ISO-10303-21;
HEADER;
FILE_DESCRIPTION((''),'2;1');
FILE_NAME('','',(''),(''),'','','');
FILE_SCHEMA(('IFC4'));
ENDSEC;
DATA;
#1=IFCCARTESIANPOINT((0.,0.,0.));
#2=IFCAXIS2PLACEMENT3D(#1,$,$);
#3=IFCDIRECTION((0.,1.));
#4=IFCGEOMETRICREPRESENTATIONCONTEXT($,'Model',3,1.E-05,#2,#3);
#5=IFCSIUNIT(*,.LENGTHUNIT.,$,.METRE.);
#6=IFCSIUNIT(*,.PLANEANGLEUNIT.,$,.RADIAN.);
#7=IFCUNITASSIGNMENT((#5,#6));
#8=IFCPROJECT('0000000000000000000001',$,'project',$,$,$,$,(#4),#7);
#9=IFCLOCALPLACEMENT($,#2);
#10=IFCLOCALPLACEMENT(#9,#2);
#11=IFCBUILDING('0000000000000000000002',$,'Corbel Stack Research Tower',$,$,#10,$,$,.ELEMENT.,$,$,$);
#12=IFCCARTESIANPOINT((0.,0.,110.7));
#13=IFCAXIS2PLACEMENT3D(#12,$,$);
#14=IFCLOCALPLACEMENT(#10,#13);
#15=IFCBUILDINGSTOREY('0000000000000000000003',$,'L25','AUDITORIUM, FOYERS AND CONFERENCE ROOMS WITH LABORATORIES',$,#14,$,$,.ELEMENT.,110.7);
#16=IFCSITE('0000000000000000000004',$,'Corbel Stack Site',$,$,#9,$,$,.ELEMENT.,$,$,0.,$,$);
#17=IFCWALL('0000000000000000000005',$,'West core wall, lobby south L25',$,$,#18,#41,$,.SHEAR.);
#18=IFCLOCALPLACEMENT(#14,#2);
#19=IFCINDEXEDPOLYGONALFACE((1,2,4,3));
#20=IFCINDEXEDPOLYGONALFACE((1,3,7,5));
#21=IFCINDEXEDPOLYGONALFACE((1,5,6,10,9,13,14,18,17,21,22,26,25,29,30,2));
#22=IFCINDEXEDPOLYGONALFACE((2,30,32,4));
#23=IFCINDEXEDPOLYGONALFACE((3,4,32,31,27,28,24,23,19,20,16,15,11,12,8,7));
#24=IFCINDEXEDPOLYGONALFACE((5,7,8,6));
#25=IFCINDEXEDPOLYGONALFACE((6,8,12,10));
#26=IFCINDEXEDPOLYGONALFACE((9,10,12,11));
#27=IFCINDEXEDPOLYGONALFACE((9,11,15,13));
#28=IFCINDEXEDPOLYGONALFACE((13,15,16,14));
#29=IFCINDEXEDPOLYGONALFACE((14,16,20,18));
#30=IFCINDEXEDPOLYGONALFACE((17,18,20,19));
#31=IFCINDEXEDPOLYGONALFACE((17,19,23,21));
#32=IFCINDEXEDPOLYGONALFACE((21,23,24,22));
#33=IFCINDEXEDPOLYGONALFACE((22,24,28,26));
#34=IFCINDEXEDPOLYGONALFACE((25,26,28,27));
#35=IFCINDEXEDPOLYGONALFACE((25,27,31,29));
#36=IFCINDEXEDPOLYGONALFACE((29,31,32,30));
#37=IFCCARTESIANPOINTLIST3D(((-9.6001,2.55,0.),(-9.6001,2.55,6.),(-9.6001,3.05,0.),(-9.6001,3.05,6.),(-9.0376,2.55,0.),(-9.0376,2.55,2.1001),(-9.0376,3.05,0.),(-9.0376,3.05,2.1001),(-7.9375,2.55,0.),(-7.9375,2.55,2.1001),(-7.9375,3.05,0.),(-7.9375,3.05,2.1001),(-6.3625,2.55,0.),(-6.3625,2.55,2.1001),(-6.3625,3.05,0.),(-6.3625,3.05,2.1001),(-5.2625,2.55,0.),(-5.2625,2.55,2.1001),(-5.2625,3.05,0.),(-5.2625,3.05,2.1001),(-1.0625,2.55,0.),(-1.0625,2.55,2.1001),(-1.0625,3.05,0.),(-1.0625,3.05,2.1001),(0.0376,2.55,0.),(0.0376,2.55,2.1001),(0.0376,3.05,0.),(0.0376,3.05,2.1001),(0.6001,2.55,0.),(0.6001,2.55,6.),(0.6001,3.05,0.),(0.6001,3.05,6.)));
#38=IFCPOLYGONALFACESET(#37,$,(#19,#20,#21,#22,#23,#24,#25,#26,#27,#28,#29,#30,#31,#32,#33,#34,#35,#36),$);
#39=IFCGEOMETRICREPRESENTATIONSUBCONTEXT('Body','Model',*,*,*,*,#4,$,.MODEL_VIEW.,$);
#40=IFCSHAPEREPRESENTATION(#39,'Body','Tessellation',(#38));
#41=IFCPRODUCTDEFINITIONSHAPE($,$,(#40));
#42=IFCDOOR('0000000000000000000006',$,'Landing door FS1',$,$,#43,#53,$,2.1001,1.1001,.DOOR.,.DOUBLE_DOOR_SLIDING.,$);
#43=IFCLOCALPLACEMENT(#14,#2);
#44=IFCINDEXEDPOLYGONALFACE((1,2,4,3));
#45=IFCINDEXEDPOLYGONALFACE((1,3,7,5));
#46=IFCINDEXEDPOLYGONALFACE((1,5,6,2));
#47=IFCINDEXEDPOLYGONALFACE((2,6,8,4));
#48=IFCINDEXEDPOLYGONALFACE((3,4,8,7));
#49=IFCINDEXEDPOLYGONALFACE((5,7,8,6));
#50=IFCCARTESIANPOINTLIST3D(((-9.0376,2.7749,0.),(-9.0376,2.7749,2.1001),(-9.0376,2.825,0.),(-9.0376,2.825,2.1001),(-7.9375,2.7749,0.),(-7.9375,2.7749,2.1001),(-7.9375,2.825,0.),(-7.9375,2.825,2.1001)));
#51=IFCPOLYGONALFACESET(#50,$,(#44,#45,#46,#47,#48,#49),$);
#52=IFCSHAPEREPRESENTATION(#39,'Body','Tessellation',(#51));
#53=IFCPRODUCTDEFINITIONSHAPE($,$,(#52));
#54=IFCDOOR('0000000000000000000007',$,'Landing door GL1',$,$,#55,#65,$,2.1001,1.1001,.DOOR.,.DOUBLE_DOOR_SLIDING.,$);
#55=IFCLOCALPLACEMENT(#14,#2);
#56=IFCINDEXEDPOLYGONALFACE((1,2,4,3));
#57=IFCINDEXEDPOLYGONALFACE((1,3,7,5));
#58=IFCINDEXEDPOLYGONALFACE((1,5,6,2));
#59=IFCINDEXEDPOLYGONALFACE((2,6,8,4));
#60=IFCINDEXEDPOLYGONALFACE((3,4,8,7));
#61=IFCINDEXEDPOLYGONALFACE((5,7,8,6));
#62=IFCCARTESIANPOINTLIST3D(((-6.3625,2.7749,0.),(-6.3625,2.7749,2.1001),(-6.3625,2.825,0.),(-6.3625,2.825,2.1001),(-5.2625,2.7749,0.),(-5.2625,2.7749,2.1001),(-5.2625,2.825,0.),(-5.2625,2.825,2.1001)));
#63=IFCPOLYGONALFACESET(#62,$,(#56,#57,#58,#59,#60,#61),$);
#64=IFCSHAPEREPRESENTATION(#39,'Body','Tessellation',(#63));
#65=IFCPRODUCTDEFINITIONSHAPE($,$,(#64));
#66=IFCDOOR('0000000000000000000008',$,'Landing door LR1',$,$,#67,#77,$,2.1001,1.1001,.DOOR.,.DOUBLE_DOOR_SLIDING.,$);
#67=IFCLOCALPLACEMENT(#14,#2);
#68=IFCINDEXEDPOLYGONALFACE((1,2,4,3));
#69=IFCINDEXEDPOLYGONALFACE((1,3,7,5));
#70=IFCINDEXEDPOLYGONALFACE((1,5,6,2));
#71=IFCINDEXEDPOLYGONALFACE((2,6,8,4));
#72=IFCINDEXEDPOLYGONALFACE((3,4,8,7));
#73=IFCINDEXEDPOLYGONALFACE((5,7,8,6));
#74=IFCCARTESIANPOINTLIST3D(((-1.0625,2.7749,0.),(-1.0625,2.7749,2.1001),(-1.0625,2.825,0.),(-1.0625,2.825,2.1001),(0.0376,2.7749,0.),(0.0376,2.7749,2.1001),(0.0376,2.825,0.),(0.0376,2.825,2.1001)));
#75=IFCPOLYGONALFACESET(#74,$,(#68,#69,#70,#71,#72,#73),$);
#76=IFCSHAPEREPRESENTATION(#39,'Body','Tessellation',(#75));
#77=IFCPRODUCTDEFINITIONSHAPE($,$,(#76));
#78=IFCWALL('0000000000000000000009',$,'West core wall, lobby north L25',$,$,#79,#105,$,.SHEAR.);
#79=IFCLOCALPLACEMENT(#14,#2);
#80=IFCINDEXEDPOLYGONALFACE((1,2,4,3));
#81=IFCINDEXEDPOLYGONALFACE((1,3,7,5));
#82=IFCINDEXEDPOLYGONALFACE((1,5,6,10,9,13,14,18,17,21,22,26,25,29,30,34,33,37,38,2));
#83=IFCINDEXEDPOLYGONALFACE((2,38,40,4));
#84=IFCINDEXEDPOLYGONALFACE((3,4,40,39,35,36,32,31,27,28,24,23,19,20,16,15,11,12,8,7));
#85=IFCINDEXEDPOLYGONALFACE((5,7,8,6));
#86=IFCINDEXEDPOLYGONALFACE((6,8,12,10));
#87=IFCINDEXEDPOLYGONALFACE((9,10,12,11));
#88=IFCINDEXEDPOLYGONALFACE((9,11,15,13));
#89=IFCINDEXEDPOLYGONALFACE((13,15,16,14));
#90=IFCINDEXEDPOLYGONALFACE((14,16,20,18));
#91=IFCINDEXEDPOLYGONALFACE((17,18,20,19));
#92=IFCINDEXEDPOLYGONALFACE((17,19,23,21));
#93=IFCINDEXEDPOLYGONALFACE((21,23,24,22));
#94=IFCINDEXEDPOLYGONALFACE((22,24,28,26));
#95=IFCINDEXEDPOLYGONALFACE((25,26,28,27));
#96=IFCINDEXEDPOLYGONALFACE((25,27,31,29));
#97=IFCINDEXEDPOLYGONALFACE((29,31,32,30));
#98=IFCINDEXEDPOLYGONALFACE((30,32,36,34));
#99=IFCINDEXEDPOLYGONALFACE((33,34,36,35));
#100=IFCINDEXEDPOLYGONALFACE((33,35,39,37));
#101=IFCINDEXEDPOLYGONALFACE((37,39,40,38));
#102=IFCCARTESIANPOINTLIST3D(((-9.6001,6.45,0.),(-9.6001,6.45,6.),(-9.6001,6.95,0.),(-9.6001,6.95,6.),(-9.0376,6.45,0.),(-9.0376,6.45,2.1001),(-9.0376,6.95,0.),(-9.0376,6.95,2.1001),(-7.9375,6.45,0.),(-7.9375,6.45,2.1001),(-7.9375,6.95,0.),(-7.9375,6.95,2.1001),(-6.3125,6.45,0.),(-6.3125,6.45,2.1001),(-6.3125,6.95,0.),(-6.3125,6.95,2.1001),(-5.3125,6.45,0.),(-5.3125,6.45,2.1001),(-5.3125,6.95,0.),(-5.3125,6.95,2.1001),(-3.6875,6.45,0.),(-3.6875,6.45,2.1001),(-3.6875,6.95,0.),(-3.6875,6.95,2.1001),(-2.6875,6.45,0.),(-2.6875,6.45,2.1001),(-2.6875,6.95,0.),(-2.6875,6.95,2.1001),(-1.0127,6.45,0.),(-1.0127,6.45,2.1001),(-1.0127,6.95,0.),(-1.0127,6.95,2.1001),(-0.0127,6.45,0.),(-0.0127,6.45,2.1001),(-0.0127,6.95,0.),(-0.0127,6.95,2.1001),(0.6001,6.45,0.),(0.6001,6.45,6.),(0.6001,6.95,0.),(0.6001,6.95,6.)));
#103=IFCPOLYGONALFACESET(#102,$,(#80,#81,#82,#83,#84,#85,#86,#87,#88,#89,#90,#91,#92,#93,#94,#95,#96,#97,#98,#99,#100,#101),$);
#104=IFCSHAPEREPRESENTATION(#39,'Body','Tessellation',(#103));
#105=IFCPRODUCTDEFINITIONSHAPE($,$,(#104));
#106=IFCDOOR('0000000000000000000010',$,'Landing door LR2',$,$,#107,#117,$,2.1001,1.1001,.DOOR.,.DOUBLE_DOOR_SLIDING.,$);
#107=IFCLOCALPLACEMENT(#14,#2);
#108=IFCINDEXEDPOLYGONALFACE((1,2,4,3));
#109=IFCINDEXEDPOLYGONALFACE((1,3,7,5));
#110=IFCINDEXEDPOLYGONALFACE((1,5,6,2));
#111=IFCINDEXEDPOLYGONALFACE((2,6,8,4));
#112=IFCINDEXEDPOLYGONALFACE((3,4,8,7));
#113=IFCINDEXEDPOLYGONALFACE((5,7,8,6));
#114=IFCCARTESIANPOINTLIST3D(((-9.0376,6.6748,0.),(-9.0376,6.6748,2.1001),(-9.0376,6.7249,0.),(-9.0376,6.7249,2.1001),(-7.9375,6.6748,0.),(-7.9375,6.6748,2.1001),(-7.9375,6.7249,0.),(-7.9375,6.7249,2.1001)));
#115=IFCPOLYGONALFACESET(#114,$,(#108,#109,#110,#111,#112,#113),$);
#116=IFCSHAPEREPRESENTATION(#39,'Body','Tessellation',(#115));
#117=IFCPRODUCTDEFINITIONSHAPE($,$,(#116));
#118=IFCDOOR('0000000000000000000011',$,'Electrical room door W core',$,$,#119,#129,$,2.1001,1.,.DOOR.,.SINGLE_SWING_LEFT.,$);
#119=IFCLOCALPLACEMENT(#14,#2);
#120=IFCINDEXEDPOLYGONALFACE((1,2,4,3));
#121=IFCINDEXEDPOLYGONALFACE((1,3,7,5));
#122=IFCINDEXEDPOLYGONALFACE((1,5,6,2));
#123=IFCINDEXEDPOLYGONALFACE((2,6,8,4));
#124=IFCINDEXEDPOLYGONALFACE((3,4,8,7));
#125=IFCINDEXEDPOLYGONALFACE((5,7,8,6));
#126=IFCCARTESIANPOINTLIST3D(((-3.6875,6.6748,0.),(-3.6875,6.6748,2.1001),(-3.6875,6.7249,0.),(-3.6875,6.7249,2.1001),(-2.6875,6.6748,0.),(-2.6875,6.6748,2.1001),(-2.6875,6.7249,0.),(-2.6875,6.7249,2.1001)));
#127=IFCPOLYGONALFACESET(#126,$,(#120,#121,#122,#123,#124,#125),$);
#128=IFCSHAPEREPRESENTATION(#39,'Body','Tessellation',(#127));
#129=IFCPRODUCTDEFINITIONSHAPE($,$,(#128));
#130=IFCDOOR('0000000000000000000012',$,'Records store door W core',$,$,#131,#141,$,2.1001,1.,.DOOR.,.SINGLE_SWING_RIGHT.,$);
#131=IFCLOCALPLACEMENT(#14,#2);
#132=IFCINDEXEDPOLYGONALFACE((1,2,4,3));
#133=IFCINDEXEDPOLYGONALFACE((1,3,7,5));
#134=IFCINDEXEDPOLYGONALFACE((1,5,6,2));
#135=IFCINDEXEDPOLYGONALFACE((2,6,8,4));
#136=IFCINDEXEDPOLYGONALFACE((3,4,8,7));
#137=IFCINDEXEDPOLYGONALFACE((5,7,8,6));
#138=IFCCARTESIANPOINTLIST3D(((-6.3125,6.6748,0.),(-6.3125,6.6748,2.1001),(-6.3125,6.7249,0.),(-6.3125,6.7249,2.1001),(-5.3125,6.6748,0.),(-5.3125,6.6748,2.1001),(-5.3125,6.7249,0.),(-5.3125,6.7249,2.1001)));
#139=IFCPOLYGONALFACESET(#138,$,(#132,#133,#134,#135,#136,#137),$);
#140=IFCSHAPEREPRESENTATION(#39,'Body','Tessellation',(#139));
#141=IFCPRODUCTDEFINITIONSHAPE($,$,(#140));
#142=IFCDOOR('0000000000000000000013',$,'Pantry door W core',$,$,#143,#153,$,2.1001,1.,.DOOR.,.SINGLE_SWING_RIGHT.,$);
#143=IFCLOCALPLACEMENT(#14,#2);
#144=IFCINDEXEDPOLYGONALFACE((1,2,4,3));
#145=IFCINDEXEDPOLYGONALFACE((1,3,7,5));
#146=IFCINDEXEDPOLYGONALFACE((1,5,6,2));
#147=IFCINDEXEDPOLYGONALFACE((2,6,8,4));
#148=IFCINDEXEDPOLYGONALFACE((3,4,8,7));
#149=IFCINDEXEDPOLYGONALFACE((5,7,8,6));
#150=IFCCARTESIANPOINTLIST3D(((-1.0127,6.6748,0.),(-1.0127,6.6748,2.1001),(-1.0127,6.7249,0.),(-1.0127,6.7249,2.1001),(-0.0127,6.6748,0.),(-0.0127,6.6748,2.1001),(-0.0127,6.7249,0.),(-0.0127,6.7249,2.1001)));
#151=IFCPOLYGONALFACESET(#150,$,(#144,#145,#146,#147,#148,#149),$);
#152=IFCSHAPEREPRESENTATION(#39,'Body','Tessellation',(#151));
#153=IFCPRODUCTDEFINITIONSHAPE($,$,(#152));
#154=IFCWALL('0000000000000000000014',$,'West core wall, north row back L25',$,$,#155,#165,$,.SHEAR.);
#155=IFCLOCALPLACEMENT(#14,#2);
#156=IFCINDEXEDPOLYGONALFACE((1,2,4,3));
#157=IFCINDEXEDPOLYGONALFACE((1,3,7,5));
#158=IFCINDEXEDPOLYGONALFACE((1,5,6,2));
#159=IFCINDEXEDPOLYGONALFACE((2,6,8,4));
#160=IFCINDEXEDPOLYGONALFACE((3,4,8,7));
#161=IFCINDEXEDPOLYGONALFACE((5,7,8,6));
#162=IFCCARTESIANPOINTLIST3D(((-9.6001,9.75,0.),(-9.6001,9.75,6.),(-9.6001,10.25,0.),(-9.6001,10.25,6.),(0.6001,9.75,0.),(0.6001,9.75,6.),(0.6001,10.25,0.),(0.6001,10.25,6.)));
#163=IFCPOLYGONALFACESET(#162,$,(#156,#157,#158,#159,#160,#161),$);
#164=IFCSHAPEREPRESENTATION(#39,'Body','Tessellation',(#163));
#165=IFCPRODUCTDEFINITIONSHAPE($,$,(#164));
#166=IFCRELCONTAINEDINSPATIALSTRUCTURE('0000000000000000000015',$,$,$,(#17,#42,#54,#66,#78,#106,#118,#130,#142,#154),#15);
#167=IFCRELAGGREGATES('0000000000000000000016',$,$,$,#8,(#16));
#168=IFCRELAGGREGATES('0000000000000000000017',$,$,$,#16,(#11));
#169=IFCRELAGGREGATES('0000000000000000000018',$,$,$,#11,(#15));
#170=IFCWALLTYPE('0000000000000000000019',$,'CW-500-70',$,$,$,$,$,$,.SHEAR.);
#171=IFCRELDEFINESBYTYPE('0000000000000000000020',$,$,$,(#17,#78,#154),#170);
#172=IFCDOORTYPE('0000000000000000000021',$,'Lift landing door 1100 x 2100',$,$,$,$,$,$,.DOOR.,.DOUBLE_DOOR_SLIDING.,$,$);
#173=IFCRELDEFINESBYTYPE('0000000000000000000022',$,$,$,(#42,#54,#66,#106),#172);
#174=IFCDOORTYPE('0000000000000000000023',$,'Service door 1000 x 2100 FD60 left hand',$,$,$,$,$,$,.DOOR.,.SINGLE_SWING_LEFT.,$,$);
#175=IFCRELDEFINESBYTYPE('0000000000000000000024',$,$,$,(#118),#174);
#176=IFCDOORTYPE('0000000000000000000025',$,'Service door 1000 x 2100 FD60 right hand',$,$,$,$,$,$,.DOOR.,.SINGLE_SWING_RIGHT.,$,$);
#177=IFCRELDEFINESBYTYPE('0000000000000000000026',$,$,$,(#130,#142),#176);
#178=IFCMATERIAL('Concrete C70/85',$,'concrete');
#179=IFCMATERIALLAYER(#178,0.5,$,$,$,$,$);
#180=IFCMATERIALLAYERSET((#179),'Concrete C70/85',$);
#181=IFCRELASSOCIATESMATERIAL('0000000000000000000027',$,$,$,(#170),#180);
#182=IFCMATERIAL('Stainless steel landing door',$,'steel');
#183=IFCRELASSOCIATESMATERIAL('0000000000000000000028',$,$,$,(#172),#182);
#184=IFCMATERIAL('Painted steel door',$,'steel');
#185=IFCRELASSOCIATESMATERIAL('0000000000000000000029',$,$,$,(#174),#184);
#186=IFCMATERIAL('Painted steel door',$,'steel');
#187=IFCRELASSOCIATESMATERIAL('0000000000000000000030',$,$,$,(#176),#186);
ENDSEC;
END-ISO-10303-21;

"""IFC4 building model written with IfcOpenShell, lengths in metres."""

from ifc_helpers import new_model, si_unit, direction, frame, frame_2d, origin, place, context, subcontext, project, spatial, rectangle, extrude, material, layer, layer_set, type_object, element, fill, save


model = new_model("IFC4")

# Units and contexts
model_context = context("Model", 3, precision=1e-05, world=origin(), true_north=direction((0.0, 1.0)))
body_context = subcontext(model_context, "Body", "Model", "MODEL_VIEW")
ifc_project = project(units=[si_unit("LENGTHUNIT", "METRE"), si_unit("PLANEANGLEUNIT", "RADIAN")], contexts=[model_context])

# Site, building, storey
site_placement = place(None, origin())
site = spatial("IfcSite", under=ifc_project, at=site_placement, Name="Corbel Stack Site", CompositionType="ELEMENT", RefElevation=0.0)
building_placement = place(site_placement, origin())
building = spatial("IfcBuilding", under=site, at=building_placement, Name="Corbel Stack Research Tower", CompositionType="ELEMENT")
storey_placement = place(building_placement, frame((0.0, 0.0, 110.7)))
storey = spatial("IfcBuildingStorey", under=building, at=storey_placement, Name="L25", Description="AUDITORIUM, FOYERS AND CONFERENCE ROOMS WITH LABORATORIES", CompositionType="ELEMENT", Elevation=110.7)

# Walls, openings, doors
ifc_material_1 = material(Name="Concrete C70/85", Category="concrete")
ifc_layer_1 = layer(ifc_material_1, 0.5)
ifc_layer_set_1 = layer_set([ifc_layer_1], Name="Concrete C70/85")
wall_type_1 = type_object("IfcWallType", Name="CW-500-70", PredefinedType="SHEAR", material=ifc_layer_set_1)
wall_1_placement = place(storey_placement, frame((-9.6001, 2.8, 0.0), z_axis=(0.0, 0.0, 1.0), x_axis=(1.0, 0.0, 0.0)))
wall_1 = element("IfcWall", 1, at=wall_1_placement, inside=storey, type_object=wall_type_1, Name="West core wall, lobby south L25", PredefinedType="SHEAR", context=body_context, shape_type="SweptSolid", body=[
    extrude(rectangle(XDim=10.2002, YDim=0.5, at=frame_2d((5.1001, 0.0))), origin(), (0.0, 0.0, 1.0), 6.0),
])
opening_1_placement = place(wall_1_placement, frame((0.5625, 0.0, 0.0)))
opening_1 = element("IfcOpeningElement", 2, at=opening_1_placement, cuts=wall_1, PredefinedType="OPENING", context=body_context, shape_type="SweptSolid", body=[
    extrude(rectangle(XDim=1.1001, YDim=2.1001, at=frame_2d((0.55, 1.05))), frame((0.0, 0.26, 0.0), z_axis=(0.0, -1.0, 0.0), x_axis=(1.0, 0.0, 0.0)), (0.0, 0.0, 1.0), 0.52),
])
opening_2_placement = place(wall_1_placement, frame((3.2375, 0.0, 0.0)))
opening_2 = element("IfcOpeningElement", 3, at=opening_2_placement, cuts=wall_1, PredefinedType="OPENING", context=body_context, shape_type="SweptSolid", body=[
    extrude(rectangle(XDim=1.1001, YDim=2.1001, at=frame_2d((0.55, 1.05))), frame((0.0, 0.26, 0.0), z_axis=(0.0, -1.0, 0.0), x_axis=(1.0, 0.0, 0.0)), (0.0, 0.0, 1.0), 0.52),
])
opening_3_placement = place(wall_1_placement, frame((8.5376, 0.0, 0.0)))
opening_3 = element("IfcOpeningElement", 4, at=opening_3_placement, cuts=wall_1, PredefinedType="OPENING", context=body_context, shape_type="SweptSolid", body=[
    extrude(rectangle(XDim=1.1001, YDim=2.1001, at=frame_2d((0.55, 1.05))), frame((0.0, 0.26, 0.0), z_axis=(0.0, -1.0, 0.0), x_axis=(1.0, 0.0, 0.0)), (0.0, 0.0, 1.0), 0.52),
])
ifc_material_2 = material(Name="Stainless steel landing door", Category="steel")
door_type_1 = type_object("IfcDoorType", Name="Lift landing door 1100 x 2100", OperationType="DOUBLE_DOOR_SLIDING", PredefinedType="DOOR", material=ifc_material_2)
door_1_placement = place(opening_1_placement, origin())
door_1 = element("IfcDoor", 5, at=door_1_placement, inside=storey, type_object=door_type_1, Name="Landing door FS1", OperationType="DOUBLE_DOOR_SLIDING", OverallHeight=2.1001, OverallWidth=1.1001, PredefinedType="DOOR", context=body_context, shape_type="SweptSolid", body=[
    extrude(rectangle(XDim=1.1001, YDim=2.1001, at=frame_2d((0.55, 1.05))), frame((0.0, 0.0249, 0.0), z_axis=(0.0, -1.0, 0.0), x_axis=(1.0, 0.0, 0.0)), (0.0, 0.0, 1.0), 0.05),
])
fill(opening_1, door_1)
door_2_placement = place(opening_2_placement, origin())
door_2 = element("IfcDoor", 6, at=door_2_placement, inside=storey, type_object=door_type_1, Name="Landing door GL1", OperationType="DOUBLE_DOOR_SLIDING", OverallHeight=2.1001, OverallWidth=1.1001, PredefinedType="DOOR", context=body_context, shape_type="SweptSolid", body=[
    extrude(rectangle(XDim=1.1001, YDim=2.1001, at=frame_2d((0.55, 1.05))), frame((0.0, 0.0249, 0.0), z_axis=(0.0, -1.0, 0.0), x_axis=(1.0, 0.0, 0.0)), (0.0, 0.0, 1.0), 0.05),
])
fill(opening_2, door_2)
door_3_placement = place(opening_3_placement, origin())
door_3 = element("IfcDoor", 7, at=door_3_placement, inside=storey, type_object=door_type_1, Name="Landing door LR1", OperationType="DOUBLE_DOOR_SLIDING", OverallHeight=2.1001, OverallWidth=1.1001, PredefinedType="DOOR", context=body_context, shape_type="SweptSolid", body=[
    extrude(rectangle(XDim=1.1001, YDim=2.1001, at=frame_2d((0.55, 1.05))), frame((0.0, 0.0249, 0.0), z_axis=(0.0, -1.0, 0.0), x_axis=(1.0, 0.0, 0.0)), (0.0, 0.0, 1.0), 0.05),
])
fill(opening_3, door_3)
wall_2_placement = place(storey_placement, frame((-9.6001, 6.7, 0.0), z_axis=(0.0, 0.0, 1.0), x_axis=(1.0, 0.0, 0.0)))
wall_2 = element("IfcWall", 8, at=wall_2_placement, inside=storey, type_object=wall_type_1, Name="West core wall, lobby north L25", PredefinedType="SHEAR", context=body_context, shape_type="SweptSolid", body=[
    extrude(rectangle(XDim=10.2002, YDim=0.5, at=frame_2d((5.1001, 0.0))), origin(), (0.0, 0.0, 1.0), 6.0),
])
opening_4_placement = place(wall_2_placement, frame((0.5625, 0.0, 0.0)))
opening_4 = element("IfcOpeningElement", 9, at=opening_4_placement, cuts=wall_2, PredefinedType="OPENING", context=body_context, shape_type="SweptSolid", body=[
    extrude(rectangle(XDim=1.1001, YDim=2.1001, at=frame_2d((0.55, 1.05))), frame((0.0, 0.26, 0.0), z_axis=(0.0, -1.0, 0.0), x_axis=(1.0, 0.0, 0.0)), (0.0, 0.0, 1.0), 0.52),
])
opening_5_placement = place(wall_2_placement, frame((3.2876, 0.0, 0.0)))
opening_5 = element("IfcOpeningElement", 10, at=opening_5_placement, cuts=wall_2, PredefinedType="OPENING", context=body_context, shape_type="SweptSolid", body=[
    extrude(rectangle(XDim=1.0, YDim=2.1001, at=frame_2d((0.5, 1.05))), frame((0.0, 0.26, 0.0), z_axis=(0.0, -1.0, 0.0), x_axis=(1.0, 0.0, 0.0)), (0.0, 0.0, 1.0), 0.52),
])
opening_6_placement = place(wall_2_placement, frame((5.9126, 0.0, 0.0)))
opening_6 = element("IfcOpeningElement", 11, at=opening_6_placement, cuts=wall_2, PredefinedType="OPENING", context=body_context, shape_type="SweptSolid", body=[
    extrude(rectangle(XDim=1.0, YDim=2.1001, at=frame_2d((0.5, 1.05))), frame((0.0, 0.26, 0.0), z_axis=(0.0, -1.0, 0.0), x_axis=(1.0, 0.0, 0.0)), (0.0, 0.0, 1.0), 0.52),
])
opening_7_placement = place(wall_2_placement, frame((8.5874, 0.0, 0.0)))
opening_7 = element("IfcOpeningElement", 12, at=opening_7_placement, cuts=wall_2, PredefinedType="OPENING", context=body_context, shape_type="SweptSolid", body=[
    extrude(rectangle(XDim=1.0, YDim=2.1001, at=frame_2d((0.5, 1.05))), frame((0.0, 0.26, 0.0), z_axis=(0.0, -1.0, 0.0), x_axis=(1.0, 0.0, 0.0)), (0.0, 0.0, 1.0), 0.52),
])
door_4_placement = place(opening_4_placement, origin())
door_4 = element("IfcDoor", 13, at=door_4_placement, inside=storey, type_object=door_type_1, Name="Landing door LR2", OperationType="DOUBLE_DOOR_SLIDING", OverallHeight=2.1001, OverallWidth=1.1001, PredefinedType="DOOR", context=body_context, shape_type="SweptSolid", body=[
    extrude(rectangle(XDim=1.1001, YDim=2.1001, at=frame_2d((0.55, 1.05))), frame((0.0, 0.0249, 0.0), z_axis=(0.0, -1.0, 0.0), x_axis=(1.0, 0.0, 0.0)), (0.0, 0.0, 1.0), 0.05),
])
fill(opening_4, door_4)
ifc_material_3 = material(Name="Painted steel door", Category="steel")
door_type_2 = type_object("IfcDoorType", Name="Service door 1000 x 2100 FD60 left hand", OperationType="SINGLE_SWING_LEFT", PredefinedType="DOOR", material=ifc_material_3)
door_5_placement = place(opening_6_placement, origin())
door_5 = element("IfcDoor", 14, at=door_5_placement, inside=storey, type_object=door_type_2, Name="Electrical room door W core", OperationType="SINGLE_SWING_LEFT", OverallHeight=2.1001, OverallWidth=1.0, PredefinedType="DOOR", context=body_context, shape_type="SweptSolid", body=[
    extrude(rectangle(XDim=1.0, YDim=2.1001, at=frame_2d((0.5, 1.05))), frame((0.0, 0.0249, 0.0), z_axis=(0.0, -1.0, 0.0), x_axis=(1.0, 0.0, 0.0)), (0.0, 0.0, 1.0), 0.05),
])
fill(opening_6, door_5)
ifc_material_4 = material(Name="Painted steel door", Category="steel")
door_type_3 = type_object("IfcDoorType", Name="Service door 1000 x 2100 FD60 right hand", OperationType="SINGLE_SWING_RIGHT", PredefinedType="DOOR", material=ifc_material_4)
door_6_placement = place(opening_5_placement, origin())
door_6 = element("IfcDoor", 15, at=door_6_placement, inside=storey, type_object=door_type_3, Name="Records store door W core", OperationType="SINGLE_SWING_RIGHT", OverallHeight=2.1001, OverallWidth=1.0, PredefinedType="DOOR", context=body_context, shape_type="SweptSolid", body=[
    extrude(rectangle(XDim=1.0, YDim=2.1001, at=frame_2d((0.5, 1.05))), frame((0.0, 0.0249, 0.0), z_axis=(0.0, -1.0, 0.0), x_axis=(1.0, 0.0, 0.0)), (0.0, 0.0, 1.0), 0.05),
])
fill(opening_5, door_6)
door_7_placement = place(opening_7_placement, origin())
door_7 = element("IfcDoor", 16, at=door_7_placement, inside=storey, type_object=door_type_3, Name="Pantry door W core", OperationType="SINGLE_SWING_RIGHT", OverallHeight=2.1001, OverallWidth=1.0, PredefinedType="DOOR", context=body_context, shape_type="SweptSolid", body=[
    extrude(rectangle(XDim=1.0, YDim=2.1001, at=frame_2d((0.5, 1.05))), frame((0.0, 0.0249, 0.0), z_axis=(0.0, -1.0, 0.0), x_axis=(1.0, 0.0, 0.0)), (0.0, 0.0, 1.0), 0.05),
])
fill(opening_7, door_7)

# Wall
wall_3_placement = place(storey_placement, frame((-9.6001, 10.0, 0.0), z_axis=(0.0, 0.0, 1.0), x_axis=(1.0, 0.0, 0.0)))
element("IfcWall", 17, at=wall_3_placement, inside=storey, type_object=wall_type_1, Name="West core wall, north row back L25", PredefinedType="SHEAR", context=body_context, shape_type="SweptSolid", body=[
    extrude(rectangle(XDim=10.2002, YDim=0.5, at=frame_2d((5.1001, 0.0))), origin(), (0.0, 0.0, 1.0), 6.0),
])

save(model, "model.ifc")
